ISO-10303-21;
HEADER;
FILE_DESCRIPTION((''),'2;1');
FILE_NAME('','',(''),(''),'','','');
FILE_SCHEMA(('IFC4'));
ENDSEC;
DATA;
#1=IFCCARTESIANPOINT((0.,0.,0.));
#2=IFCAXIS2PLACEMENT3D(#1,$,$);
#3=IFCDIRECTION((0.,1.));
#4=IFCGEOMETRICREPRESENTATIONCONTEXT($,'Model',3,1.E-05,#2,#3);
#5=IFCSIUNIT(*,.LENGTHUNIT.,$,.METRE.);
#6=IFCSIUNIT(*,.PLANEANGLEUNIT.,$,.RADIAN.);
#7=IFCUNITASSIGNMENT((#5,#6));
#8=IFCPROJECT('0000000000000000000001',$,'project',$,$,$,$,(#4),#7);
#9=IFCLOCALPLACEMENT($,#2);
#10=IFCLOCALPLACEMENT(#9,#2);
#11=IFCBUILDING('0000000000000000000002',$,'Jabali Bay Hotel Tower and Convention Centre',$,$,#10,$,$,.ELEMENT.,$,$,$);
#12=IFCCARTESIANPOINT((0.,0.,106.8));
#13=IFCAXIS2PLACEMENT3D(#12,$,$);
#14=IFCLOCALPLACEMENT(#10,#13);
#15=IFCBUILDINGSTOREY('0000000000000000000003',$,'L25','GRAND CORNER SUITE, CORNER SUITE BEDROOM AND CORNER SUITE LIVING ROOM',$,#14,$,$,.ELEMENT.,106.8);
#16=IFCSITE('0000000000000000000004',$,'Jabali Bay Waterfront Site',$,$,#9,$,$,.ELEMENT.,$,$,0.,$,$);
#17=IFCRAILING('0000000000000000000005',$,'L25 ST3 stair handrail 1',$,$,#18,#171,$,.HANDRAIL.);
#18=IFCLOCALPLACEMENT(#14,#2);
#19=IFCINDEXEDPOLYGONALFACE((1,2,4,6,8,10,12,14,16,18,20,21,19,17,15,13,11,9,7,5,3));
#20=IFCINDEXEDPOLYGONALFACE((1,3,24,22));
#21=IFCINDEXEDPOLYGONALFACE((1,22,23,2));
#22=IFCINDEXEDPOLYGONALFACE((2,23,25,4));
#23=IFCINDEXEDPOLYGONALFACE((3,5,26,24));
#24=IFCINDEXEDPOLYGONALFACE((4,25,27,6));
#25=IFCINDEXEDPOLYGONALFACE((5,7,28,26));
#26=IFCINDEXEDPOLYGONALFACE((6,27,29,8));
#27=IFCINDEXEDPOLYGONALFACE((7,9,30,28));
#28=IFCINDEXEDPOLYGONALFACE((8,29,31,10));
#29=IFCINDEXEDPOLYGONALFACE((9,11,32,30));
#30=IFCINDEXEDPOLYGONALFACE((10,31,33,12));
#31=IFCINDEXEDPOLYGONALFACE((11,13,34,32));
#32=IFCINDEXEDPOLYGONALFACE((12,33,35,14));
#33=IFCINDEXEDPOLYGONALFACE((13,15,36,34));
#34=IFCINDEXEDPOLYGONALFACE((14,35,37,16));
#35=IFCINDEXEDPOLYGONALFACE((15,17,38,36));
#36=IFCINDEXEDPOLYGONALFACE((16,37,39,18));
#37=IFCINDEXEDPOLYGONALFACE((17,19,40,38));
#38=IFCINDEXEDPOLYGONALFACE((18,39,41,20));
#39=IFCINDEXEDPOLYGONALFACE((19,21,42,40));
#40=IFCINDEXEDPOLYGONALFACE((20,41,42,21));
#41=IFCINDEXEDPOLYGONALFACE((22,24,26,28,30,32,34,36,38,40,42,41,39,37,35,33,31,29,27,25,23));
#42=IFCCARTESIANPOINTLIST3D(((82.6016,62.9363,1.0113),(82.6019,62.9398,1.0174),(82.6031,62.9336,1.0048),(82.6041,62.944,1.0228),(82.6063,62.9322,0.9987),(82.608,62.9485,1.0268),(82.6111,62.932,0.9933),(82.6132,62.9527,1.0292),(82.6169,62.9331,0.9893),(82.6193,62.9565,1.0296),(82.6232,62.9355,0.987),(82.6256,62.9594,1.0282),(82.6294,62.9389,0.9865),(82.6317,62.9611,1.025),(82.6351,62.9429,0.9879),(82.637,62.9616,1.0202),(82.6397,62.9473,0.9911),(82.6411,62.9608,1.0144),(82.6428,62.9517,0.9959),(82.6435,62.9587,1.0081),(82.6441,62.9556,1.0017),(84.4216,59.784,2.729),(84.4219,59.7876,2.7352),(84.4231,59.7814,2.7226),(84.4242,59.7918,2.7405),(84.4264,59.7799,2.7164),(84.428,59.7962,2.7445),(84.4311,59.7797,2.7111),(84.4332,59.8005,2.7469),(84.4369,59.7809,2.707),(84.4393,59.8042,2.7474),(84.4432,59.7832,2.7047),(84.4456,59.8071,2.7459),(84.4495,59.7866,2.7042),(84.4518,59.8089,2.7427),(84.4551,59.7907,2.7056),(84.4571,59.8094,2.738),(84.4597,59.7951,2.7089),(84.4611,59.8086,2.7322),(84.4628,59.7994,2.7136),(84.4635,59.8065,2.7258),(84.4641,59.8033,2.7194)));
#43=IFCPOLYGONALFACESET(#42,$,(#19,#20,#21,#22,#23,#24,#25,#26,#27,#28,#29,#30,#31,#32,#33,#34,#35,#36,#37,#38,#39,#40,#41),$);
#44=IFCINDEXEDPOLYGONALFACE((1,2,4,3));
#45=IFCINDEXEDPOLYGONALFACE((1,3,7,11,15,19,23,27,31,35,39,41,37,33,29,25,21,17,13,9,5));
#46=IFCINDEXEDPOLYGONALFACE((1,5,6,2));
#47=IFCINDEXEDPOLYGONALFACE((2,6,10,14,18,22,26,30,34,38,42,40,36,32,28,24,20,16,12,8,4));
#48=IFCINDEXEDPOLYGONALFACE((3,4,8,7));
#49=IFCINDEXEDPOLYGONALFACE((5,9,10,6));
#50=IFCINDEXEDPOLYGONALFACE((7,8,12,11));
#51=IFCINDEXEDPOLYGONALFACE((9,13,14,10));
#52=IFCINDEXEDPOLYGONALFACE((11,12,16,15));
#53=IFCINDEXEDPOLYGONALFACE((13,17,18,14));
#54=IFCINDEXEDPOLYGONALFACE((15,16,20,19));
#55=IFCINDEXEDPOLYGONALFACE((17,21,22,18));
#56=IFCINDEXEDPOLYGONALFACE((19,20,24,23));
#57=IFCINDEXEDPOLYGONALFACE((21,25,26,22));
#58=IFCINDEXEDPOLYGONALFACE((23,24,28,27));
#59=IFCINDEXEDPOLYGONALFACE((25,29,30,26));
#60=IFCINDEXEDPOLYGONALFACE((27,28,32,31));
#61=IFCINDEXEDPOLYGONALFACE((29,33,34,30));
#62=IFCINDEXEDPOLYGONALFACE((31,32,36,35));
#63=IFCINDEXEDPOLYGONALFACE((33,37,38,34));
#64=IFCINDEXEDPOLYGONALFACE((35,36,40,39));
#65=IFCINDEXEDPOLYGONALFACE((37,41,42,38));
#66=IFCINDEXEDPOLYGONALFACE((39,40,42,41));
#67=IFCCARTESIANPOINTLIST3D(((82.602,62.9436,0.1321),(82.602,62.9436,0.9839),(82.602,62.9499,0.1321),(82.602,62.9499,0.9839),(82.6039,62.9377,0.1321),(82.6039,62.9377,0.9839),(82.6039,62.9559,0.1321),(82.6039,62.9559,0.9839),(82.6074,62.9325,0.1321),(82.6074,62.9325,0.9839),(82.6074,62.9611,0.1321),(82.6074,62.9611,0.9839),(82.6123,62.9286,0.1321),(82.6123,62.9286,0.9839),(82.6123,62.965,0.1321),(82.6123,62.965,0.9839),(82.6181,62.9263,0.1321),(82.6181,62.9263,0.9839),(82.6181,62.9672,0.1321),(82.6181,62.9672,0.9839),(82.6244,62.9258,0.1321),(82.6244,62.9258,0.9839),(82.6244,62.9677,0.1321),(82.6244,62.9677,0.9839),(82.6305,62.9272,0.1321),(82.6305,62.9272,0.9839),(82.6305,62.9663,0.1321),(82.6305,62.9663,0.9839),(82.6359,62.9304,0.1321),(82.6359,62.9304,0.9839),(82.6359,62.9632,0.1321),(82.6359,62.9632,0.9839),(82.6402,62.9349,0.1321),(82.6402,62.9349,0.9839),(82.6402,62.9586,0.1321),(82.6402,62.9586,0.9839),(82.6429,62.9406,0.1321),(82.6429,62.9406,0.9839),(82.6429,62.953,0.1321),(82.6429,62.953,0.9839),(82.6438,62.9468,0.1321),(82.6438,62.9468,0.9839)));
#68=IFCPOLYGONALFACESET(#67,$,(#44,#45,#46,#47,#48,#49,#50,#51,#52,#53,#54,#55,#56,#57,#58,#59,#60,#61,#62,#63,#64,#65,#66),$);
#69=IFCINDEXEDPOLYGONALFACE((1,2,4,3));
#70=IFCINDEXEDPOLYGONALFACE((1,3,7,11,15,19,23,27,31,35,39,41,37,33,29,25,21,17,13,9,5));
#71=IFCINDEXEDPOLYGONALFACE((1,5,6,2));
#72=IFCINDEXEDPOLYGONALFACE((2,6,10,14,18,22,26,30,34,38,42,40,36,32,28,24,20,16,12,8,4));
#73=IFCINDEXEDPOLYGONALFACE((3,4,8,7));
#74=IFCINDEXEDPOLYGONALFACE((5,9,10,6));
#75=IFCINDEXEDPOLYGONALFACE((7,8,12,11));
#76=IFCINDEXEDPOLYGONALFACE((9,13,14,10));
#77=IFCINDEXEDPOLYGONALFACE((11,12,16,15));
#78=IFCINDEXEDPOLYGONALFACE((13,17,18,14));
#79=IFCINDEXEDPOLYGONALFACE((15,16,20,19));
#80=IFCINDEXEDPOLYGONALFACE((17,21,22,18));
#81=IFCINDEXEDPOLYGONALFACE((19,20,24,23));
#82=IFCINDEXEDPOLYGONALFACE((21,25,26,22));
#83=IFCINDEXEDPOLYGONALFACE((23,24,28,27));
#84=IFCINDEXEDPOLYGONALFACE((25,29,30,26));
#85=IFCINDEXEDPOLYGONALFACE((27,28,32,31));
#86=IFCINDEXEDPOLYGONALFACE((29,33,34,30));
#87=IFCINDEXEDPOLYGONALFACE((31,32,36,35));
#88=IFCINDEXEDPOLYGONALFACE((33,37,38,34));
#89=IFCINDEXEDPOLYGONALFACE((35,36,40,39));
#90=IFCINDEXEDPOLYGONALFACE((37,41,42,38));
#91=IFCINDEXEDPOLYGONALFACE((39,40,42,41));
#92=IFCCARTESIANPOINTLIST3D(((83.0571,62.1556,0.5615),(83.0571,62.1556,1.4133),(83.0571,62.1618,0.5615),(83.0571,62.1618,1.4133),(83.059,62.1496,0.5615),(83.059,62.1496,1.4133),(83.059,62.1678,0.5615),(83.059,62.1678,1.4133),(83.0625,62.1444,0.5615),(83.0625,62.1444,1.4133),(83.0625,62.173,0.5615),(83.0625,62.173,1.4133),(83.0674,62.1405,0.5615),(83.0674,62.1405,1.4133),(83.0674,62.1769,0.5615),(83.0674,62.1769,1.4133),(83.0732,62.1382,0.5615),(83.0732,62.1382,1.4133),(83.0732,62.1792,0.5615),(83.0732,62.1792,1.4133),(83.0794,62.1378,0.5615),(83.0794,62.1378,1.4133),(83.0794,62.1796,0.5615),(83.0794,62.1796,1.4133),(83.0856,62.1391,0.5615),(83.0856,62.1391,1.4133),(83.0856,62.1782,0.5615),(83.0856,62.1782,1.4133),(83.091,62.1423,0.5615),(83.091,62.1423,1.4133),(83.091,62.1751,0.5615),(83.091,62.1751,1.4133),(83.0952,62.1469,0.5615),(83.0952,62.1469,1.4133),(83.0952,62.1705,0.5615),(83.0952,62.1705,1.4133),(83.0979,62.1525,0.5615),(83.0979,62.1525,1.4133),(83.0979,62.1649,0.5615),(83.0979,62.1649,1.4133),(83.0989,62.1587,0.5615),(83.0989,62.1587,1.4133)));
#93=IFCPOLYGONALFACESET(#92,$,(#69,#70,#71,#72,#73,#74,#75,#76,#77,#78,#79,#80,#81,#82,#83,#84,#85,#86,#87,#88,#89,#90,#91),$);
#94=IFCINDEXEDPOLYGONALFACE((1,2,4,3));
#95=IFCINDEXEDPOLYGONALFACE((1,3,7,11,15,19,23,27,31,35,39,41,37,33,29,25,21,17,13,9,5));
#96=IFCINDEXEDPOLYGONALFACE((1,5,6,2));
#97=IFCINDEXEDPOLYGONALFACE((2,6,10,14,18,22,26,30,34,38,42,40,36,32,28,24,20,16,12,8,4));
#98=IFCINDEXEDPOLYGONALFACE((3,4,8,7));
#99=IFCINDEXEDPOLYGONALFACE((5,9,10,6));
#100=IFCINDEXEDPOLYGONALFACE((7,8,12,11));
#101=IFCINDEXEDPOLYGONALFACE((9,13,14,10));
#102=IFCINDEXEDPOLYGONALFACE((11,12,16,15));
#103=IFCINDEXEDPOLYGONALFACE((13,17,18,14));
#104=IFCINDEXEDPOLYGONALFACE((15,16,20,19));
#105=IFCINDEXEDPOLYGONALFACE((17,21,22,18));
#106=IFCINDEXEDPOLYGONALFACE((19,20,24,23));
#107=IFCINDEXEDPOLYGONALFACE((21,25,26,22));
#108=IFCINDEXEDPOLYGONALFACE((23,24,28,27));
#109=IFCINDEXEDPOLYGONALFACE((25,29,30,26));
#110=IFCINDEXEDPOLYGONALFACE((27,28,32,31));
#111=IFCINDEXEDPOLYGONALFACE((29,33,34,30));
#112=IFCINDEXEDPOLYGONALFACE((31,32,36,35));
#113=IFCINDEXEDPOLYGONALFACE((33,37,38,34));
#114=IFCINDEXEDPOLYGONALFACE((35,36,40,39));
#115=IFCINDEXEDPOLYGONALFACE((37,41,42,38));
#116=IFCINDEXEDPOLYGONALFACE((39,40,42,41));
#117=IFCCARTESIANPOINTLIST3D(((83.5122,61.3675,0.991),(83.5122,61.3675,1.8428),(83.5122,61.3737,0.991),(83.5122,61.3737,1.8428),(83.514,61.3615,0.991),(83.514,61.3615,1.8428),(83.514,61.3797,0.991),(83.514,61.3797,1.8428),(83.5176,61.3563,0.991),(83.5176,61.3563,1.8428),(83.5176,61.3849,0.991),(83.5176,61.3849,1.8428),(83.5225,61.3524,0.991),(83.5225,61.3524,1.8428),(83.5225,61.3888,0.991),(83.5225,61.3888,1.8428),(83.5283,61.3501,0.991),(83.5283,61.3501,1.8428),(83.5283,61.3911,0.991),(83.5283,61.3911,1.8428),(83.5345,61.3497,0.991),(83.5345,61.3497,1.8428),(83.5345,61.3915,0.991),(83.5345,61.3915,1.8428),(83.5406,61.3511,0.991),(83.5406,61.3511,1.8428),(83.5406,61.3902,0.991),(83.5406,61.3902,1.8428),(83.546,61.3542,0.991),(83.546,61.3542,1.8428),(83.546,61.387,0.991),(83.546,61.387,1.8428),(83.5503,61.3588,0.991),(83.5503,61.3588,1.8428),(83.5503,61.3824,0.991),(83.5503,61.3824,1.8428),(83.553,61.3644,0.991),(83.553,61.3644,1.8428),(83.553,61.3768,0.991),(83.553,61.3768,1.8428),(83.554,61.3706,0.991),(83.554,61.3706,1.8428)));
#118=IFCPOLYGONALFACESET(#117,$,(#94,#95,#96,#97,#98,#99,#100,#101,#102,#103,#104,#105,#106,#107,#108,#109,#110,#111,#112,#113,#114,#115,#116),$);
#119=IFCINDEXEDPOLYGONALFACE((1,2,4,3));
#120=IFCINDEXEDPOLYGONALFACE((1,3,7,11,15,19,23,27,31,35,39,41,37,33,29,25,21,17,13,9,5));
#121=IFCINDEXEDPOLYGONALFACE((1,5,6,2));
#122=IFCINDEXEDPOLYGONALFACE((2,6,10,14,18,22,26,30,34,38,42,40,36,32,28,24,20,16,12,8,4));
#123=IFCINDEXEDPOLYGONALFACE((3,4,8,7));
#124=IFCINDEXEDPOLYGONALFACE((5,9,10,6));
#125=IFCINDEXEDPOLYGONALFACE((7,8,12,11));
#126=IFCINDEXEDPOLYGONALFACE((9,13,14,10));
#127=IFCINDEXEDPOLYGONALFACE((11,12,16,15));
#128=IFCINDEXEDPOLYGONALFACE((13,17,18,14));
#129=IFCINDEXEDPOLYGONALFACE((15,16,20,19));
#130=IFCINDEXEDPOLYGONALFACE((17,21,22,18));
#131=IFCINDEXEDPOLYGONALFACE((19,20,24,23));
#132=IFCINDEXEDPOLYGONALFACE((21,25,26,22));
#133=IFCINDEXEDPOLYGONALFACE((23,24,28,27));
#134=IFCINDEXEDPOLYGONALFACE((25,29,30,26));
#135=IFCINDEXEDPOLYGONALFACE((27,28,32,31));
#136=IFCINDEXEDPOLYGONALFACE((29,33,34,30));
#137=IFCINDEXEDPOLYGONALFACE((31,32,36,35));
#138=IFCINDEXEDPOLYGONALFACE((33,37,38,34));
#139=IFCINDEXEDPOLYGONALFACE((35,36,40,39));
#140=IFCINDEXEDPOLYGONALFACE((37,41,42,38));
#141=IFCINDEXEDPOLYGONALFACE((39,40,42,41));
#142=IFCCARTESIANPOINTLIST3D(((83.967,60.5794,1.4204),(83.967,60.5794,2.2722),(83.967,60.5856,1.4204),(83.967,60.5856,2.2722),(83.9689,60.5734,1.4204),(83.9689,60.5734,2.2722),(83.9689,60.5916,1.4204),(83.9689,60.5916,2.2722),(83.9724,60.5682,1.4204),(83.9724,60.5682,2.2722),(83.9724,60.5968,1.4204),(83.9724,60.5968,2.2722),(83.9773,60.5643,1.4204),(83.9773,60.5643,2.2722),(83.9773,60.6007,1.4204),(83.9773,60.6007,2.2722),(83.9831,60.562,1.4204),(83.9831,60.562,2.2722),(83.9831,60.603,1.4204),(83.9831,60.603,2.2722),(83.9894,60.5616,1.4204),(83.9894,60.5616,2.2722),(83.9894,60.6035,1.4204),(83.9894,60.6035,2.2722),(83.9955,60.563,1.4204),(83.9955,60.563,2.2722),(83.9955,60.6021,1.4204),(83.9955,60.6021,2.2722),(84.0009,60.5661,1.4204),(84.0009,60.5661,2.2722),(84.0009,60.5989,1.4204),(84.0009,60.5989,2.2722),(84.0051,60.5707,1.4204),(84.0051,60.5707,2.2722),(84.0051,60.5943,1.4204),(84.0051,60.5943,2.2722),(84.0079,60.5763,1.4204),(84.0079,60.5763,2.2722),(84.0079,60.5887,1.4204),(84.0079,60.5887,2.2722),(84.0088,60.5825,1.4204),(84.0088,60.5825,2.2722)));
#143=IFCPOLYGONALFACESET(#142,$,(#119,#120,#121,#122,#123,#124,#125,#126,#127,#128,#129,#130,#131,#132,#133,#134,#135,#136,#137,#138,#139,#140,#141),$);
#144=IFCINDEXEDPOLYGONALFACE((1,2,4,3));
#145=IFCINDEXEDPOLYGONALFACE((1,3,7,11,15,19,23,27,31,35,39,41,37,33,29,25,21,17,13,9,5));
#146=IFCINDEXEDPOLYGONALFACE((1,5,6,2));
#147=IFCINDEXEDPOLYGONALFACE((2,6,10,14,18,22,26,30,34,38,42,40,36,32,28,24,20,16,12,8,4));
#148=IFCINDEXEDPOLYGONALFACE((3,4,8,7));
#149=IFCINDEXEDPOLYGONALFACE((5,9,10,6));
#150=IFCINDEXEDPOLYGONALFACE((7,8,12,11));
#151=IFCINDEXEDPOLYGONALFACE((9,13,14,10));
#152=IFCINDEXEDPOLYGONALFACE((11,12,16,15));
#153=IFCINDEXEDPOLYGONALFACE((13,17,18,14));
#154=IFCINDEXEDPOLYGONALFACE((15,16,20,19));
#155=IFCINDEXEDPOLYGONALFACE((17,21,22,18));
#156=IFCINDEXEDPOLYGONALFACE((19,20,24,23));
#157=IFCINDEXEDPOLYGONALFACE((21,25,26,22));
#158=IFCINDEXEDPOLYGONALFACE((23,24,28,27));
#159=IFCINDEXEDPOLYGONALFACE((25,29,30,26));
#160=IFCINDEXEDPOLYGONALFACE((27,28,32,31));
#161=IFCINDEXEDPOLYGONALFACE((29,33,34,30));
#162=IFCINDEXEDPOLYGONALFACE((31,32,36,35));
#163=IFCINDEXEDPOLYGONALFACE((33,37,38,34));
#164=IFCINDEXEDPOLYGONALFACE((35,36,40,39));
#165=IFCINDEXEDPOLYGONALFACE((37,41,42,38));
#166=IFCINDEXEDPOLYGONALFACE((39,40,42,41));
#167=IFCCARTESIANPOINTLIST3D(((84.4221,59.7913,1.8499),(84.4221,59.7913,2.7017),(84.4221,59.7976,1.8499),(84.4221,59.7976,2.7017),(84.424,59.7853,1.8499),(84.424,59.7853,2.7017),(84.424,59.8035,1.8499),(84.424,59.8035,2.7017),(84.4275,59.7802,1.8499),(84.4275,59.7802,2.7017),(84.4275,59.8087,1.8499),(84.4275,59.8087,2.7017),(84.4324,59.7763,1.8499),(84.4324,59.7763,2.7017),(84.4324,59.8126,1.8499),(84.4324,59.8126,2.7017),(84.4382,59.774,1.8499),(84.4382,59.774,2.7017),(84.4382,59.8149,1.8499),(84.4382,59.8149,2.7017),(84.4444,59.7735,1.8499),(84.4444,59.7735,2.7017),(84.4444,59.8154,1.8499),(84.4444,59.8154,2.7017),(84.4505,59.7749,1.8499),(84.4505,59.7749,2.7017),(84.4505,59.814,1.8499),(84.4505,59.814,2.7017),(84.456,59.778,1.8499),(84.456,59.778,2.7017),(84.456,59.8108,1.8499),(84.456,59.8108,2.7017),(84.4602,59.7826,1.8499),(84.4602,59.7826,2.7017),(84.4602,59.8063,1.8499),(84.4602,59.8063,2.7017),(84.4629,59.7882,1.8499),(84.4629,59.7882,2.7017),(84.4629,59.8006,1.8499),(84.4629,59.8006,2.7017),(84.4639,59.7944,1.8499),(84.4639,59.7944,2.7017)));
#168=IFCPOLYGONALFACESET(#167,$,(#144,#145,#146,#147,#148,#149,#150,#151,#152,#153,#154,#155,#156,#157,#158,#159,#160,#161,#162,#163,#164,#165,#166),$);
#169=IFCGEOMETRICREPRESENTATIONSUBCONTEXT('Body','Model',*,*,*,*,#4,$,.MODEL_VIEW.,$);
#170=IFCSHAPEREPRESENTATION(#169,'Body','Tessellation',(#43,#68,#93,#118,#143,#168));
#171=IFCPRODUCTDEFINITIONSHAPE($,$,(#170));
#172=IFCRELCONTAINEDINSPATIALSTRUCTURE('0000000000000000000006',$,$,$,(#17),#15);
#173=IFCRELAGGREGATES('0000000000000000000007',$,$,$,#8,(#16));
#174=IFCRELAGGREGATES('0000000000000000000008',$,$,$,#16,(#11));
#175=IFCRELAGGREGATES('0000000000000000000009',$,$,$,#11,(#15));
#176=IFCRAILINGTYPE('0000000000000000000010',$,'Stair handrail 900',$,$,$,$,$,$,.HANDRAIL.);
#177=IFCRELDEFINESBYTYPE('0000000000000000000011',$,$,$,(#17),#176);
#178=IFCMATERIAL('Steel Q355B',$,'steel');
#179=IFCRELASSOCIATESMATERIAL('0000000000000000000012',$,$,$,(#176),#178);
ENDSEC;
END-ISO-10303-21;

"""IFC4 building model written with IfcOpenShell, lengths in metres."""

from ifc_helpers import new_model, si_unit, direction, frame, origin, origin_2d, place, context, subcontext, project, spatial, circle, extrude, material, type_object, element, save


model = new_model("IFC4")

# Units and contexts
model_context = context("Model", 3, precision=1e-05, world=origin(), true_north=direction((0.0, 1.0)))
body_context = subcontext(model_context, "Body", "Model", "MODEL_VIEW")
ifc_project = project(units=[si_unit("LENGTHUNIT", "METRE"), si_unit("PLANEANGLEUNIT", "RADIAN")], contexts=[model_context])

# Site, building, storey
site_placement = place(None, origin())
site = spatial("IfcSite", under=ifc_project, at=site_placement, Name="Jabali Bay Waterfront Site", CompositionType="ELEMENT", RefElevation=0.0)
building_placement = place(site_placement, origin())
building = spatial("IfcBuilding", under=site, at=building_placement, Name="Jabali Bay Hotel Tower and Convention Centre", CompositionType="ELEMENT")
storey_placement = place(building_placement, frame((0.0, 0.0, 106.8)))
storey = spatial("IfcBuildingStorey", under=building, at=storey_placement, Name="L25", Description="GRAND CORNER SUITE, CORNER SUITE BEDROOM AND CORNER SUITE LIVING ROOM", CompositionType="ELEMENT", Elevation=106.8)

# Railing
ifc_material_1 = material(Name="Steel Q355B", Category="steel")
railing_type_1 = type_object("IfcRailingType", Name="Stair handrail 900", PredefinedType="HANDRAIL", material=ifc_material_1)
railing_1_placement = place(storey_placement, frame((82.6228, 62.9468, 0.1321)))
element("IfcRailing", 1, at=railing_1_placement, inside=storey, type_object=railing_type_1, Name="L25 ST3 stair handrail 1", PredefinedType="HANDRAIL", context=body_context, shape_type="SweptSolid", body=[
    extrude(circle(Radius=0.0239, at=origin_2d()), frame((0.0, 0.0, 0.876), z_axis=(0.45219, -0.78319, 0.426775), x_axis=(0.866018, 0.500013, 0.0)), (0.0, 0.0, 1.0), 4.0249),
    extrude(circle(Radius=0.021, at=origin_2d()), origin(), (0.0, 0.0, 1.0), 0.8518),
    extrude(circle(Radius=0.021, at=origin_2d()), frame((0.4551, -0.7881, 0.4294)), (0.0, 0.0, 1.0), 0.8518),
    extrude(circle(Radius=0.021, at=origin_2d()), frame((0.9102, -1.5762, 0.8589)), (0.0, 0.0, 1.0), 0.8518),
    extrude(circle(Radius=0.021, at=origin_2d()), frame((1.365, -2.3643, 1.2883)), (0.0, 0.0, 1.0), 0.8518),
    extrude(circle(Radius=0.021, at=origin_2d()), frame((1.8201, -3.1523, 1.7178)), (0.0, 0.0, 1.0), 0.8518),
])

save(model, "model.ifc")
